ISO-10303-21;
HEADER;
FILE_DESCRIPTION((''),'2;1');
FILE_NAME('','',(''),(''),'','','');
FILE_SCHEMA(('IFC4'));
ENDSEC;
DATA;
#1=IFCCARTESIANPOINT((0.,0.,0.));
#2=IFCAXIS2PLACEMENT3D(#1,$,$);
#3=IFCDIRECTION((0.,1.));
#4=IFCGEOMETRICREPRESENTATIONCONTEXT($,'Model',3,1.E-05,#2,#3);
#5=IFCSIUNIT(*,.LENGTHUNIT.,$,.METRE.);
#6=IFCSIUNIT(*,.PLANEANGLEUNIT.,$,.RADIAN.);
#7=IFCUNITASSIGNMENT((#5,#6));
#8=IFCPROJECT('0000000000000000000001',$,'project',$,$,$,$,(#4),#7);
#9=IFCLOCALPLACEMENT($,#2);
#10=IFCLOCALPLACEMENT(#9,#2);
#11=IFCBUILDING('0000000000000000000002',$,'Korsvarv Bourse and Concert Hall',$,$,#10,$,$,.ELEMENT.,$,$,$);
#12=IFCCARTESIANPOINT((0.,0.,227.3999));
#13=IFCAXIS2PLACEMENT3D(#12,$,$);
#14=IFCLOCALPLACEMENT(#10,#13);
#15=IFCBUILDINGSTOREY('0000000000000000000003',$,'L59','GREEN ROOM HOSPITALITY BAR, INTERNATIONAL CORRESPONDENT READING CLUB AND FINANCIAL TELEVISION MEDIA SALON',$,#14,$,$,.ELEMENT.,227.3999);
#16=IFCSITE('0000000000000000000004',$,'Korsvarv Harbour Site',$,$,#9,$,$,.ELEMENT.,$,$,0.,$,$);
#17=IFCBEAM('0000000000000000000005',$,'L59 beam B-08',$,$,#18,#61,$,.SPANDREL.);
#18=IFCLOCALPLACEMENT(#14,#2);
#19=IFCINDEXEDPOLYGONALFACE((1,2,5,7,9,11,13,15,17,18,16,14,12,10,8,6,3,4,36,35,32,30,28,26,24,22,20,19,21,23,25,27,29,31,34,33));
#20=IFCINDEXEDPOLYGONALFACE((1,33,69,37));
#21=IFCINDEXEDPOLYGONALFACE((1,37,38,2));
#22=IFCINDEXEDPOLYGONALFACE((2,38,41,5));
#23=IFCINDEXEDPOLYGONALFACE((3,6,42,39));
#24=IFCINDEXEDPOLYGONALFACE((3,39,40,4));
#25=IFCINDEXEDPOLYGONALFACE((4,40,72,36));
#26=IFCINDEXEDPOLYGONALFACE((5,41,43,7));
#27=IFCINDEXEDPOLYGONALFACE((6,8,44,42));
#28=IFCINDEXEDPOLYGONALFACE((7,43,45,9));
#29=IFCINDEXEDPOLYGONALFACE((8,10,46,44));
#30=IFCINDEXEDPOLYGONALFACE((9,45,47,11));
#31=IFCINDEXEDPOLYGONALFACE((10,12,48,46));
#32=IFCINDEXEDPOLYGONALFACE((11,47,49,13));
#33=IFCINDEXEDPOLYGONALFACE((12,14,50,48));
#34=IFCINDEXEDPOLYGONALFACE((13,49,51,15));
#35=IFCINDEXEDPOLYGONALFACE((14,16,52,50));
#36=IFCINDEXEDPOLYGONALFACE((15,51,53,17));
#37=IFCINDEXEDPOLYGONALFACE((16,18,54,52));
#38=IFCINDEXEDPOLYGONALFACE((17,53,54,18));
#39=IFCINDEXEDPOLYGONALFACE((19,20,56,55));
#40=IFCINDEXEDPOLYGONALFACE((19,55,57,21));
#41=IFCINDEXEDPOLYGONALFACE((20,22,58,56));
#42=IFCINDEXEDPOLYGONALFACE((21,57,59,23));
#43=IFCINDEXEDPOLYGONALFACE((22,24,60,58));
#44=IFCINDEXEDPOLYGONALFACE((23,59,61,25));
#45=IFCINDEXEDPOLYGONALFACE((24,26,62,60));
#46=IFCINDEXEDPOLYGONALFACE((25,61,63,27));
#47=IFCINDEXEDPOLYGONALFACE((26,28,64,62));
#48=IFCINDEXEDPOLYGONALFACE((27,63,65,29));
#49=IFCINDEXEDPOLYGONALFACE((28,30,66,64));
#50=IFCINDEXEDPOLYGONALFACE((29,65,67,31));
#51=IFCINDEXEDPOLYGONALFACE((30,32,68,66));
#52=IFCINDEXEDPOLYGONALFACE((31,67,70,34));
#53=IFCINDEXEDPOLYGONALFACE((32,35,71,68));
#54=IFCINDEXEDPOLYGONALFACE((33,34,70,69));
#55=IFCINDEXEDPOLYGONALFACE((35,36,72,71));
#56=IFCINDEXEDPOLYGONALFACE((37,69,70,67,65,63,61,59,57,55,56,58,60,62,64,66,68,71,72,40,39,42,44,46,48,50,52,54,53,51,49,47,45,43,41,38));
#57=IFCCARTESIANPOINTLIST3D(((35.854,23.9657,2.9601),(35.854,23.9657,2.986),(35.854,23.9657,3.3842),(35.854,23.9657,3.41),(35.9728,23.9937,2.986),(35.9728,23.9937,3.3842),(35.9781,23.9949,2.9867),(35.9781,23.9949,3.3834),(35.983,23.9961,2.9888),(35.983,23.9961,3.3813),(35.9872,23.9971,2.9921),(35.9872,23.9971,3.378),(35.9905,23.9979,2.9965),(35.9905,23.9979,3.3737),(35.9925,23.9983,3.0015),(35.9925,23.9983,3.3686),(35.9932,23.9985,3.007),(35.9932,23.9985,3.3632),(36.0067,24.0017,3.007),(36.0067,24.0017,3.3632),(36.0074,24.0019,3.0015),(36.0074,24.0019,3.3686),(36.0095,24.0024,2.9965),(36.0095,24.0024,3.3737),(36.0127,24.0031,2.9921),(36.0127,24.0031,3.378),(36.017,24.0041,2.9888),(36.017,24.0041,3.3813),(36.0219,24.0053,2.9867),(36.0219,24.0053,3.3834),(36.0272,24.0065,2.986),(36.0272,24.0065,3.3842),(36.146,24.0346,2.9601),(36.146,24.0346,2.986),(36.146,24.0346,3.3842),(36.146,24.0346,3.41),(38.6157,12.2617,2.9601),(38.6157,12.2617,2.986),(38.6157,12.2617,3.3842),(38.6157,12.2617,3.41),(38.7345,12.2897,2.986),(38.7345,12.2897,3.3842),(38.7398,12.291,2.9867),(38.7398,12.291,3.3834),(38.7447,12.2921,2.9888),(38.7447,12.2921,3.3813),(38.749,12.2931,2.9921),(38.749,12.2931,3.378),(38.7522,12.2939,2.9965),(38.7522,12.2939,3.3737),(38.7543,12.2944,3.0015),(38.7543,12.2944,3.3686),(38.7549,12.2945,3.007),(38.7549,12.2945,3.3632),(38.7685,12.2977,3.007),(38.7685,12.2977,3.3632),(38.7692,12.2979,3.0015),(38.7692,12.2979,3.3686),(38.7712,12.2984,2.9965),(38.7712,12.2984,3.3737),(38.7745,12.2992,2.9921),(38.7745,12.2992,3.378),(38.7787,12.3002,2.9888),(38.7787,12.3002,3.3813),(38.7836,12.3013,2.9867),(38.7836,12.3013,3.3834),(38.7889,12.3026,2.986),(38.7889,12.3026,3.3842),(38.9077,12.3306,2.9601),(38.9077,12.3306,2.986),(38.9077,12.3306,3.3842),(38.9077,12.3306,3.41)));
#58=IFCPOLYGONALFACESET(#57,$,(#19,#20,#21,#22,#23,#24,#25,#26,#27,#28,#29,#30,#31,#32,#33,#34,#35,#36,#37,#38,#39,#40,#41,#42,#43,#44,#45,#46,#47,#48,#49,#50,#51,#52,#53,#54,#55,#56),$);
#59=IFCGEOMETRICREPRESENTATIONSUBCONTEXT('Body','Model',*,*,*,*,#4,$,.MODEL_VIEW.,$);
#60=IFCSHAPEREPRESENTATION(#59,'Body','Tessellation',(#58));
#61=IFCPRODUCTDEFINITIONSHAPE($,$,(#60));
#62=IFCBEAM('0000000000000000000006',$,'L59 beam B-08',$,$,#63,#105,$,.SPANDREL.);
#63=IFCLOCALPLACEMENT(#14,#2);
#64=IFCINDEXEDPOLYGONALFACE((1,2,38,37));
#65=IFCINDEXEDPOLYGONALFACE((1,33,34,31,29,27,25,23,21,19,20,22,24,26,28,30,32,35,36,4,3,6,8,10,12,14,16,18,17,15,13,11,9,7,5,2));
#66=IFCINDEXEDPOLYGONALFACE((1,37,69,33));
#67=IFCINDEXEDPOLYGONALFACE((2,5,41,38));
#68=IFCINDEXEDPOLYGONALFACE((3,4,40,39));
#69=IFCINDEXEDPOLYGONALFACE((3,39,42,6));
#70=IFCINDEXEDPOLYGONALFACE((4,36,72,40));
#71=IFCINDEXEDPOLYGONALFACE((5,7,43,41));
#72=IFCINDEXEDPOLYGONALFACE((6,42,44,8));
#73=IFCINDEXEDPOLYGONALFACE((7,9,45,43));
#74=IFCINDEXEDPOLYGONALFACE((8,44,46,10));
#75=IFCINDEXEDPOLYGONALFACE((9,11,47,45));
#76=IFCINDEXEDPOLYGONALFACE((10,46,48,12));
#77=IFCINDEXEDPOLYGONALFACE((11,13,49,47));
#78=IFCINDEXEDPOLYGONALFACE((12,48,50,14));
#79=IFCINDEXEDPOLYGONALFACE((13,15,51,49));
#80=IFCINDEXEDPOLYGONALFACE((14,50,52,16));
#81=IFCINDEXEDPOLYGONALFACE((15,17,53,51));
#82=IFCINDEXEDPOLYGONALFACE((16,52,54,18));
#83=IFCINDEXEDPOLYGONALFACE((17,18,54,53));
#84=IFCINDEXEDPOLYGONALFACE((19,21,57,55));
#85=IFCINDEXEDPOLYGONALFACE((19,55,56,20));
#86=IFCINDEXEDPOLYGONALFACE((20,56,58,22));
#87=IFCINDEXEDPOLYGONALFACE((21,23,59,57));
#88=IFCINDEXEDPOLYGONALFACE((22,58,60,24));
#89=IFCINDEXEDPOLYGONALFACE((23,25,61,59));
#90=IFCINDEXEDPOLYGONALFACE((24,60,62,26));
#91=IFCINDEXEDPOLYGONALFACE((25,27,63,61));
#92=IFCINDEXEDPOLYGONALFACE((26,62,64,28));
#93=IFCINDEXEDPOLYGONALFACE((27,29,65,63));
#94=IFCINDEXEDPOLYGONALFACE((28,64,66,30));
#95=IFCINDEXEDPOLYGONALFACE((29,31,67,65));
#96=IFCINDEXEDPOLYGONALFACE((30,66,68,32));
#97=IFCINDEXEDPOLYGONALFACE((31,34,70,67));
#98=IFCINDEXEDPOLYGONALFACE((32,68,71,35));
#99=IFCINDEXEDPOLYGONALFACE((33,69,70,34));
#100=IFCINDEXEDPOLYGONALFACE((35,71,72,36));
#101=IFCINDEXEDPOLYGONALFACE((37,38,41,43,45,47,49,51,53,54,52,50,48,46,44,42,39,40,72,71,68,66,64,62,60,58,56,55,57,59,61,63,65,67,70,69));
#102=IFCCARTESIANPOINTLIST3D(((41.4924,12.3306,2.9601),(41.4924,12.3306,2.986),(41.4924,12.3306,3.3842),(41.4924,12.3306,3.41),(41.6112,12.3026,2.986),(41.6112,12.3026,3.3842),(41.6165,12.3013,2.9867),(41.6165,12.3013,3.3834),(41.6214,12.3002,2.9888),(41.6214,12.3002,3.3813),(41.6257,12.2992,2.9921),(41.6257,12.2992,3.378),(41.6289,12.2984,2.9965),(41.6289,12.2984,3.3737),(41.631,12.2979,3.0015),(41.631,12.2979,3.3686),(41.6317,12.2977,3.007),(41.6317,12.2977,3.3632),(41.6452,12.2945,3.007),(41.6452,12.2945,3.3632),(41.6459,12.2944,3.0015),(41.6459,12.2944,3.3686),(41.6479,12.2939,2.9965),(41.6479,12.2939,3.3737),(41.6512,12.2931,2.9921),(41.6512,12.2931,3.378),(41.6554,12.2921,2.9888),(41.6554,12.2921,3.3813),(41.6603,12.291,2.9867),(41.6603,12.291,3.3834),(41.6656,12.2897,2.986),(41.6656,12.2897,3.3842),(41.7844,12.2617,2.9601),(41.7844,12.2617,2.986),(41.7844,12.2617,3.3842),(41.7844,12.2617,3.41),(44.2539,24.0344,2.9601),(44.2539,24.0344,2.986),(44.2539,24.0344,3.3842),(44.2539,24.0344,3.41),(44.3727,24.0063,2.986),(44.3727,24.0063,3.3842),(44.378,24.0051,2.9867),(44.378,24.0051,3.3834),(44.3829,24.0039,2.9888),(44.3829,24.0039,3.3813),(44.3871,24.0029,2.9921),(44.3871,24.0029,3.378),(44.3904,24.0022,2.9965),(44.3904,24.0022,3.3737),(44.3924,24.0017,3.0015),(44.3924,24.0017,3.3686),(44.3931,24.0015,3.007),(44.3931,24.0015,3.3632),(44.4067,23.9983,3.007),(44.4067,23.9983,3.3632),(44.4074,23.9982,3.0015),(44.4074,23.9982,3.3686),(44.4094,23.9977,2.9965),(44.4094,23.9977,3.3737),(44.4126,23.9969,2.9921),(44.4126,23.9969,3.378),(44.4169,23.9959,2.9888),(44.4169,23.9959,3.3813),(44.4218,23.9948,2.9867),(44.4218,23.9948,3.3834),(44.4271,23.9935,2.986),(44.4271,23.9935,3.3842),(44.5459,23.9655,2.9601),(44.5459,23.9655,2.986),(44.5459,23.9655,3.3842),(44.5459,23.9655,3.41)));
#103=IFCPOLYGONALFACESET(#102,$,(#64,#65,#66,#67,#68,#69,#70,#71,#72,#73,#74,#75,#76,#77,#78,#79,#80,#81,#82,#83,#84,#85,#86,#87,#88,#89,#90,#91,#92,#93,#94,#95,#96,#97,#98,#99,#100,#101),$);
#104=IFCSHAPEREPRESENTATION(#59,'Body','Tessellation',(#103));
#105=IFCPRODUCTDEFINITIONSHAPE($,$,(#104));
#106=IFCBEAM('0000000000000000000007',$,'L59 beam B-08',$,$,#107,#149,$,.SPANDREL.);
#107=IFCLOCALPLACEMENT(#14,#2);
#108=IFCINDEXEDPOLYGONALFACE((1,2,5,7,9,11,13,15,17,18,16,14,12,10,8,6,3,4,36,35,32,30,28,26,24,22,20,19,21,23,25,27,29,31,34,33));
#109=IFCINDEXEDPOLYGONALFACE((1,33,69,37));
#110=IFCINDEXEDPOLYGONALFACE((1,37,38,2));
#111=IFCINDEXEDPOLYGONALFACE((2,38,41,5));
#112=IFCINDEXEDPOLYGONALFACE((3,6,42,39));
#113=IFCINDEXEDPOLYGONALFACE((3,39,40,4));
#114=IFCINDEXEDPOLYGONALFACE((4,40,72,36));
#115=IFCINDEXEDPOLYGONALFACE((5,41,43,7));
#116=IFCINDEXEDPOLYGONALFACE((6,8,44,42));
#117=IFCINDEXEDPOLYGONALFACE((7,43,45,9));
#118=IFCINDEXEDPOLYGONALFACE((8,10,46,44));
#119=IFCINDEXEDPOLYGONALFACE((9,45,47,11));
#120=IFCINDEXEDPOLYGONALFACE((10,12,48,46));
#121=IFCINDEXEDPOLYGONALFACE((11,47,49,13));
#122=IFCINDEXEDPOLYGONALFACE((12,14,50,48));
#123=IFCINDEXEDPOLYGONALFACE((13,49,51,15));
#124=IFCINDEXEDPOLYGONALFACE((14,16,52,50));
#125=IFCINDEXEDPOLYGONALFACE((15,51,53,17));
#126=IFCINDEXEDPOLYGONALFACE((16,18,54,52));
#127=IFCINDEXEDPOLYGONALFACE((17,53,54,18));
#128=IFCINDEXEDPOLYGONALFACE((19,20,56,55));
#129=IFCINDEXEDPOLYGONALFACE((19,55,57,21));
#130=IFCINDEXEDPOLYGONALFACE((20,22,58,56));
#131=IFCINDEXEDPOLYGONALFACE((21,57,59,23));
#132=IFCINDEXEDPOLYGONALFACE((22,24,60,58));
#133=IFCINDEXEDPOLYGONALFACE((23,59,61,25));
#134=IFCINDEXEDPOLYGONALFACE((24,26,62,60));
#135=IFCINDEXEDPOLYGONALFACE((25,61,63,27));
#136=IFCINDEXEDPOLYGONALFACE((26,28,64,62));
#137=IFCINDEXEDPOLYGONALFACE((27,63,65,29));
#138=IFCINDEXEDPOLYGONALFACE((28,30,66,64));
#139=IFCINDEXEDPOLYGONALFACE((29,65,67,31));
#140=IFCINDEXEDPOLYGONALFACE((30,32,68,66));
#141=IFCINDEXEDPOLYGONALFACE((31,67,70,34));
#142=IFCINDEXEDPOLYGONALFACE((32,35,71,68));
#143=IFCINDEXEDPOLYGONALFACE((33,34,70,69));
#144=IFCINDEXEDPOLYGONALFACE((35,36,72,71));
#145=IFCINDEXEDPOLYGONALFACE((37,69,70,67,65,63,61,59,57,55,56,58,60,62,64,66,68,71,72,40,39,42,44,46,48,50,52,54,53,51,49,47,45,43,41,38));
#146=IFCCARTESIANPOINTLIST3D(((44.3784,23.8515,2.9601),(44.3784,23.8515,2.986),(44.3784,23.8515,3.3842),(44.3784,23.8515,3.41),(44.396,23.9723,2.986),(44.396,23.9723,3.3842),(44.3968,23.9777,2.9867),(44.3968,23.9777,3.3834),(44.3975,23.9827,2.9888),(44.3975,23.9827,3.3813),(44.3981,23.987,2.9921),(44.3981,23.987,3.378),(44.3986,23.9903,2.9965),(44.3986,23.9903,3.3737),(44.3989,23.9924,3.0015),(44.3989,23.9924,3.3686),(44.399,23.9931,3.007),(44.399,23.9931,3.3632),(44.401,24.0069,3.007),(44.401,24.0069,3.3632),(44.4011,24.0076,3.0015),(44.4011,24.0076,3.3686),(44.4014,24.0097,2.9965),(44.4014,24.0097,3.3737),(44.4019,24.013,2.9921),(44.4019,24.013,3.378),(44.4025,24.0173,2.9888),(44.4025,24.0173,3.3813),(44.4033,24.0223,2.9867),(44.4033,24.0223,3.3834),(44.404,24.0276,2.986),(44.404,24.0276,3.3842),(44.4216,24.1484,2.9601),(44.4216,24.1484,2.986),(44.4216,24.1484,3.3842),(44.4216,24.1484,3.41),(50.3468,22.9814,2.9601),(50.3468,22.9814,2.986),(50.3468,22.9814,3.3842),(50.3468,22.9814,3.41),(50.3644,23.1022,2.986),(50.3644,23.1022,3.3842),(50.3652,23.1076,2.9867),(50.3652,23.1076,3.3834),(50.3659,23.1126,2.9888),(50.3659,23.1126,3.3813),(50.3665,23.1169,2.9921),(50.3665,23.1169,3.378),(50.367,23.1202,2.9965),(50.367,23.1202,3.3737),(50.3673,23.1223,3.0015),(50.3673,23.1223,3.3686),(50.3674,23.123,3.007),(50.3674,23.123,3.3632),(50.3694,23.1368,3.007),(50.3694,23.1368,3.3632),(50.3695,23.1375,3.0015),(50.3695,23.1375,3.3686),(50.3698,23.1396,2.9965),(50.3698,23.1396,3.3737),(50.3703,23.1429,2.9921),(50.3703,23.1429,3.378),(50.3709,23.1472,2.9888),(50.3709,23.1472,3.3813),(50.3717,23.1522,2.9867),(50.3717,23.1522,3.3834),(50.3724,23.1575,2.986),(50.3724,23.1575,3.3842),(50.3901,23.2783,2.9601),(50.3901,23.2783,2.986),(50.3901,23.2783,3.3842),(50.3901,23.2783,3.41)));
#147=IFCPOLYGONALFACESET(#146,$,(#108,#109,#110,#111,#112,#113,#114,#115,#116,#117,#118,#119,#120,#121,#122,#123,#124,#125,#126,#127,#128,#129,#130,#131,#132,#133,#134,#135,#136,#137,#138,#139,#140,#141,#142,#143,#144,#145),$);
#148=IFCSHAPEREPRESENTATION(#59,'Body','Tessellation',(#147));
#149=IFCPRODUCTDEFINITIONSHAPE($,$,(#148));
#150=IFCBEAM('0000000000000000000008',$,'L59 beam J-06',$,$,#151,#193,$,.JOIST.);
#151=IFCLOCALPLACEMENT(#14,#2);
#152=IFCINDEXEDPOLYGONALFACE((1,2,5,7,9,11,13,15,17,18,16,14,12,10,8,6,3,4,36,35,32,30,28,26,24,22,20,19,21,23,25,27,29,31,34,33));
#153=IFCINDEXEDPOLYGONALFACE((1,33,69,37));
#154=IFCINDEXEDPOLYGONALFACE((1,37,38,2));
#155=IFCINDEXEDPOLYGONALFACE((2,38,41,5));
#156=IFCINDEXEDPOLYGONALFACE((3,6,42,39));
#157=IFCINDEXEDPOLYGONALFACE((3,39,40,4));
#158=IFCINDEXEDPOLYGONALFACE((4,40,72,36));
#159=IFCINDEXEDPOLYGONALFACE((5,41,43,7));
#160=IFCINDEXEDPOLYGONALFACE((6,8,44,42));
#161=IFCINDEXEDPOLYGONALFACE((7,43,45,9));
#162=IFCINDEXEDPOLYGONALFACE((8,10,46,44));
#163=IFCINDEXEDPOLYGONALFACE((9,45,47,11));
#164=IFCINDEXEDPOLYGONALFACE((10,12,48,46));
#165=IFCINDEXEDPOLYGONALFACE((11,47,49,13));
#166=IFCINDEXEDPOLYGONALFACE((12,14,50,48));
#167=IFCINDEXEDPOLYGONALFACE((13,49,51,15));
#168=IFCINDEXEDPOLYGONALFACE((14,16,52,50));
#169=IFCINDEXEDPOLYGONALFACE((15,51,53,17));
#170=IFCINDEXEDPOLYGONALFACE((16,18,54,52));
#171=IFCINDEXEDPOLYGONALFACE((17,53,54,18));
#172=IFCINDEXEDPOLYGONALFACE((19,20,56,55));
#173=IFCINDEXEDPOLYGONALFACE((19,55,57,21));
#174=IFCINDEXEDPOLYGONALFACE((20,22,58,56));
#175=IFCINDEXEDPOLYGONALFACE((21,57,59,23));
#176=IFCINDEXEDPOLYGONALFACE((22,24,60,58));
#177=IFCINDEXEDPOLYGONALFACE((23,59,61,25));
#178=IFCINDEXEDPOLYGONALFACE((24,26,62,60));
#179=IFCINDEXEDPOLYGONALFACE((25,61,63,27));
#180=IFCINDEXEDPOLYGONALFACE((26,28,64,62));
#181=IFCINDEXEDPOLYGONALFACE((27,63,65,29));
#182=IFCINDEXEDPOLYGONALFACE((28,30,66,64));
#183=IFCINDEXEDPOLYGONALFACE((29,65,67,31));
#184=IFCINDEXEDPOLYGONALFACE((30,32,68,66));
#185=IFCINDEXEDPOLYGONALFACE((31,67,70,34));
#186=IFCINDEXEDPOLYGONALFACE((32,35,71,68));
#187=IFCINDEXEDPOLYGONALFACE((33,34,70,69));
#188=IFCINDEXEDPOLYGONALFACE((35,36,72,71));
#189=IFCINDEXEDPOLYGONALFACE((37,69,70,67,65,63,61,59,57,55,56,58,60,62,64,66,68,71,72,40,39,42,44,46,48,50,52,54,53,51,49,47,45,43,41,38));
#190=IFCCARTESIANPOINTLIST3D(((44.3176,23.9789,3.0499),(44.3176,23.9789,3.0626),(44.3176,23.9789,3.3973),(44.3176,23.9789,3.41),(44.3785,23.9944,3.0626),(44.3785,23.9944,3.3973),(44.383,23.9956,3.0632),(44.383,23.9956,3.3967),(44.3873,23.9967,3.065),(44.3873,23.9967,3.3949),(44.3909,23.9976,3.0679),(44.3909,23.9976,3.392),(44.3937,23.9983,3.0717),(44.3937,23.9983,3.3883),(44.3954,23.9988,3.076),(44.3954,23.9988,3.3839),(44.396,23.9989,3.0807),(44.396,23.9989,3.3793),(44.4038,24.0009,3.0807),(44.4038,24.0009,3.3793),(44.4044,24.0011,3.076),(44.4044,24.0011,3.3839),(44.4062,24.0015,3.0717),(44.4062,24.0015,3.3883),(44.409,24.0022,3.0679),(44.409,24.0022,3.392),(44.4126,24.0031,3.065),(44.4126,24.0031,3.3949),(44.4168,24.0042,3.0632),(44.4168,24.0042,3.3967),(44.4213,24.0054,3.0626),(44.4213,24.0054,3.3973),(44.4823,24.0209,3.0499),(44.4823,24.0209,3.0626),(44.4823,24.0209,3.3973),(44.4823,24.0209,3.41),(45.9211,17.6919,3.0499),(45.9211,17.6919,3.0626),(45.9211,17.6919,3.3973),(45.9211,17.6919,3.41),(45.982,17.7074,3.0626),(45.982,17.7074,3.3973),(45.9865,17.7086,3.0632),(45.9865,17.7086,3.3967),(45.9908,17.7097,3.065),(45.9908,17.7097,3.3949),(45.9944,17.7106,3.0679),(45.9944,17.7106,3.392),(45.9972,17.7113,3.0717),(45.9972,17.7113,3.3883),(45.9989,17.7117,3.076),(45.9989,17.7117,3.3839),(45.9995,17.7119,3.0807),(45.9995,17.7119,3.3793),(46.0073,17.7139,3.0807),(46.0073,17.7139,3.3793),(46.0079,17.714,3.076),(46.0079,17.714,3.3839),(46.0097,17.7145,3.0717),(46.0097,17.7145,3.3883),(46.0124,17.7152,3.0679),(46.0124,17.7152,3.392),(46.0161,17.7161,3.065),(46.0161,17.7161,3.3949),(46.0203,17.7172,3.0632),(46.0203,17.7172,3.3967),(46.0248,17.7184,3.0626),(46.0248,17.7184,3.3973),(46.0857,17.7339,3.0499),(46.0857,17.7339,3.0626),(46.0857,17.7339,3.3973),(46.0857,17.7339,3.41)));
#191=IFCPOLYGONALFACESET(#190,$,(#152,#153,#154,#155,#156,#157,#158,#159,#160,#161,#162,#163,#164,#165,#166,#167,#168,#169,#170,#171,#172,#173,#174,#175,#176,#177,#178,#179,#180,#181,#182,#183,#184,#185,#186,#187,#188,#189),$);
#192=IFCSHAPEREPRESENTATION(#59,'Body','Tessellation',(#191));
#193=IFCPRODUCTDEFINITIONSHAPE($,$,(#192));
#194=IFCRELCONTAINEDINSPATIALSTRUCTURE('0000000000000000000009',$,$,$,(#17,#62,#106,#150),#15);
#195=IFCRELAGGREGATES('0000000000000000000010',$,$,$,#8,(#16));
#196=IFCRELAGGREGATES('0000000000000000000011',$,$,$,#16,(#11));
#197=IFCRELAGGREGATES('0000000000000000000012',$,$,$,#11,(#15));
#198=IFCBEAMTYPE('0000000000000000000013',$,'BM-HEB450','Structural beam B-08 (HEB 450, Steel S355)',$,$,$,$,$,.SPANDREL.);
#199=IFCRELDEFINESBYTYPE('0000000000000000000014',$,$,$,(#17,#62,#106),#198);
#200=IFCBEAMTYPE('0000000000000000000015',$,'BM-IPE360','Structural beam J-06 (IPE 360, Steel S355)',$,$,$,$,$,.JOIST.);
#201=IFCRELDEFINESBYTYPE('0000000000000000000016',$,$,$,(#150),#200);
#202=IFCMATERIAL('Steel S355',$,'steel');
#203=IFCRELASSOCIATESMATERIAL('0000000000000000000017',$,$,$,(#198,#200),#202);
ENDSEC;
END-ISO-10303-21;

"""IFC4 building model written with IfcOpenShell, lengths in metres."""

from ifc_helpers import new_model, si_unit, direction, frame, origin, origin_2d, place, context, subcontext, project, spatial, i_section, extrude, source, transform, mapped, material, material_profile, profile_set, type_object, element, save


model = new_model("IFC4")

# Units and contexts
model_context = context("Model", 3, precision=1e-05, world=origin(), true_north=direction((0.0, 1.0)))
body_context = subcontext(model_context, "Body", "Model", "MODEL_VIEW")
ifc_project = project(units=[si_unit("LENGTHUNIT", "METRE"), si_unit("PLANEANGLEUNIT", "RADIAN")], contexts=[model_context])

# Site, building, storey
site_placement = place(None, origin())
site = spatial("IfcSite", under=ifc_project, at=site_placement, Name="Korsvarv Harbour Site", CompositionType="ELEMENT", RefElevation=0.0)
building_placement = place(site_placement, origin())
building = spatial("IfcBuilding", under=site, at=building_placement, Name="Korsvarv Bourse and Concert Hall", CompositionType="ELEMENT")
storey_placement = place(building_placement, frame((0.0, 0.0, 227.3999)))
storey = spatial("IfcBuildingStorey", under=building, at=storey_placement, Name="L59", Description="GREEN ROOM HOSPITALITY BAR, INTERNATIONAL CORRESPONDENT READING CLUB AND FINANCIAL TELEVISION MEDIA SALON", CompositionType="ELEMENT", Elevation=227.3999)

# Shared definitions
ifc_material_1 = material(Name="Steel S355", Category="steel")

# Beams
ifc_material_profile_1 = material_profile(ifc_material_1, i_section(OverallWidth=0.3, OverallDepth=0.45, WebThickness=0.0139, FlangeThickness=0.0259, FilletRadius=0.021, at=origin_2d()), Name="HEB 450")
ifc_profile_set_1 = profile_set([ifc_material_profile_1], Name="Steel S355")
beam_type_1 = type_object("IfcBeamType", Name="BM-HEB450", Description="Structural beam B-08 (HEB 450, Steel S355)", PredefinedType="SPANDREL", material=ifc_profile_set_1)
shared_shape_1 = source(origin(), body_context, "Body", "SweptSolid", [
    extrude(i_section(OverallWidth=0.3, OverallDepth=0.45, WebThickness=0.0139, FlangeThickness=0.0259, FilletRadius=0.021, at=origin_2d()), origin(), (0.0, 0.0, 1.0), 12.0254),
])
beam_1_placement = place(storey_placement, frame((38.7617, 12.2961, 3.1851), z_axis=(-0.229659, 0.973271, 0.0), x_axis=(-0.973271, -0.229659, 0.0)))
element("IfcBeam", 1, at=beam_1_placement, inside=storey, type_object=beam_type_1, Name="L59 beam B-08", PredefinedType="SPANDREL", context=body_context, shape_type="MappedRepresentation", body=[
    mapped(shared_shape_1, transform((0.0, 0.0, 0.0), scale=1.0)),
])
shared_shape_2 = source(origin(), body_context, "Body", "SweptSolid", [
    extrude(i_section(OverallWidth=0.3, OverallDepth=0.45, WebThickness=0.0139, FlangeThickness=0.0259, FilletRadius=0.021, at=origin_2d()), origin(), (0.0, 0.0, 1.0), 12.0251),
])
beam_2_placement = place(storey_placement, frame((41.6384, 12.2961, 3.1851), z_axis=(0.22964, 0.973276, 0.0), x_axis=(-0.973276, 0.22964, 0.0)))
element("IfcBeam", 2, at=beam_2_placement, inside=storey, type_object=beam_type_1, Name="L59 beam B-08", PredefinedType="SPANDREL", context=body_context, shape_type="MappedRepresentation", body=[
    mapped(shared_shape_2, transform((0.0, 0.0, 0.0), scale=1.0)),
])
shared_shape_3 = source(origin(), body_context, "Body", "SweptSolid", [
    extrude(i_section(OverallWidth=0.3, OverallDepth=0.45, WebThickness=0.0139, FlangeThickness=0.0259, FilletRadius=0.021, at=origin_2d()), origin(), (0.0, 0.0, 1.0), 6.0315),
])
beam_3_placement = place(storey_placement, frame((50.3684, 23.1299, 3.1851), z_axis=(-0.98954, 0.14426, 0.0), x_axis=(-0.14426, -0.98954, 0.0)))
element("IfcBeam", 3, at=beam_3_placement, inside=storey, type_object=beam_type_1, Name="L59 beam B-08", PredefinedType="SPANDREL", context=body_context, shape_type="MappedRepresentation", body=[
    mapped(shared_shape_3, transform((0.0, 0.0, 0.0), scale=1.0)),
])
ifc_material_profile_2 = material_profile(ifc_material_1, i_section(OverallWidth=0.1699, OverallDepth=0.3601, WebThickness=0.0081, FlangeThickness=0.0127, FilletRadius=0.0181, at=origin_2d()), Name="IPE 360")
ifc_profile_set_2 = profile_set([ifc_material_profile_2], Name="Steel S355")
beam_type_2 = type_object("IfcBeamType", Name="BM-IPE360", Description="Structural beam J-06 (IPE 360, Steel S355)", PredefinedType="JOIST", material=ifc_profile_set_2)
shared_shape_4 = source(origin(), body_context, "Body", "SweptSolid", [
    extrude(i_section(OverallWidth=0.1699, OverallDepth=0.3601, WebThickness=0.0081, FlangeThickness=0.0127, FilletRadius=0.0181, at=origin_2d()), origin(), (0.0, 0.0, 1.0), 6.4883),
])
beam_4_placement = place(storey_placement, frame((46.0034, 17.7129, 3.23), z_axis=(-0.247137, 0.968981, 0.0), x_axis=(-0.968981, -0.247137, 0.0)))
element("IfcBeam", 4, at=beam_4_placement, inside=storey, type_object=beam_type_2, Name="L59 beam J-06", PredefinedType="JOIST", context=body_context, shape_type="MappedRepresentation", body=[
    mapped(shared_shape_4, transform((0.0, 0.0, 0.0), scale=1.0)),
])

save(model, "model.ifc")
